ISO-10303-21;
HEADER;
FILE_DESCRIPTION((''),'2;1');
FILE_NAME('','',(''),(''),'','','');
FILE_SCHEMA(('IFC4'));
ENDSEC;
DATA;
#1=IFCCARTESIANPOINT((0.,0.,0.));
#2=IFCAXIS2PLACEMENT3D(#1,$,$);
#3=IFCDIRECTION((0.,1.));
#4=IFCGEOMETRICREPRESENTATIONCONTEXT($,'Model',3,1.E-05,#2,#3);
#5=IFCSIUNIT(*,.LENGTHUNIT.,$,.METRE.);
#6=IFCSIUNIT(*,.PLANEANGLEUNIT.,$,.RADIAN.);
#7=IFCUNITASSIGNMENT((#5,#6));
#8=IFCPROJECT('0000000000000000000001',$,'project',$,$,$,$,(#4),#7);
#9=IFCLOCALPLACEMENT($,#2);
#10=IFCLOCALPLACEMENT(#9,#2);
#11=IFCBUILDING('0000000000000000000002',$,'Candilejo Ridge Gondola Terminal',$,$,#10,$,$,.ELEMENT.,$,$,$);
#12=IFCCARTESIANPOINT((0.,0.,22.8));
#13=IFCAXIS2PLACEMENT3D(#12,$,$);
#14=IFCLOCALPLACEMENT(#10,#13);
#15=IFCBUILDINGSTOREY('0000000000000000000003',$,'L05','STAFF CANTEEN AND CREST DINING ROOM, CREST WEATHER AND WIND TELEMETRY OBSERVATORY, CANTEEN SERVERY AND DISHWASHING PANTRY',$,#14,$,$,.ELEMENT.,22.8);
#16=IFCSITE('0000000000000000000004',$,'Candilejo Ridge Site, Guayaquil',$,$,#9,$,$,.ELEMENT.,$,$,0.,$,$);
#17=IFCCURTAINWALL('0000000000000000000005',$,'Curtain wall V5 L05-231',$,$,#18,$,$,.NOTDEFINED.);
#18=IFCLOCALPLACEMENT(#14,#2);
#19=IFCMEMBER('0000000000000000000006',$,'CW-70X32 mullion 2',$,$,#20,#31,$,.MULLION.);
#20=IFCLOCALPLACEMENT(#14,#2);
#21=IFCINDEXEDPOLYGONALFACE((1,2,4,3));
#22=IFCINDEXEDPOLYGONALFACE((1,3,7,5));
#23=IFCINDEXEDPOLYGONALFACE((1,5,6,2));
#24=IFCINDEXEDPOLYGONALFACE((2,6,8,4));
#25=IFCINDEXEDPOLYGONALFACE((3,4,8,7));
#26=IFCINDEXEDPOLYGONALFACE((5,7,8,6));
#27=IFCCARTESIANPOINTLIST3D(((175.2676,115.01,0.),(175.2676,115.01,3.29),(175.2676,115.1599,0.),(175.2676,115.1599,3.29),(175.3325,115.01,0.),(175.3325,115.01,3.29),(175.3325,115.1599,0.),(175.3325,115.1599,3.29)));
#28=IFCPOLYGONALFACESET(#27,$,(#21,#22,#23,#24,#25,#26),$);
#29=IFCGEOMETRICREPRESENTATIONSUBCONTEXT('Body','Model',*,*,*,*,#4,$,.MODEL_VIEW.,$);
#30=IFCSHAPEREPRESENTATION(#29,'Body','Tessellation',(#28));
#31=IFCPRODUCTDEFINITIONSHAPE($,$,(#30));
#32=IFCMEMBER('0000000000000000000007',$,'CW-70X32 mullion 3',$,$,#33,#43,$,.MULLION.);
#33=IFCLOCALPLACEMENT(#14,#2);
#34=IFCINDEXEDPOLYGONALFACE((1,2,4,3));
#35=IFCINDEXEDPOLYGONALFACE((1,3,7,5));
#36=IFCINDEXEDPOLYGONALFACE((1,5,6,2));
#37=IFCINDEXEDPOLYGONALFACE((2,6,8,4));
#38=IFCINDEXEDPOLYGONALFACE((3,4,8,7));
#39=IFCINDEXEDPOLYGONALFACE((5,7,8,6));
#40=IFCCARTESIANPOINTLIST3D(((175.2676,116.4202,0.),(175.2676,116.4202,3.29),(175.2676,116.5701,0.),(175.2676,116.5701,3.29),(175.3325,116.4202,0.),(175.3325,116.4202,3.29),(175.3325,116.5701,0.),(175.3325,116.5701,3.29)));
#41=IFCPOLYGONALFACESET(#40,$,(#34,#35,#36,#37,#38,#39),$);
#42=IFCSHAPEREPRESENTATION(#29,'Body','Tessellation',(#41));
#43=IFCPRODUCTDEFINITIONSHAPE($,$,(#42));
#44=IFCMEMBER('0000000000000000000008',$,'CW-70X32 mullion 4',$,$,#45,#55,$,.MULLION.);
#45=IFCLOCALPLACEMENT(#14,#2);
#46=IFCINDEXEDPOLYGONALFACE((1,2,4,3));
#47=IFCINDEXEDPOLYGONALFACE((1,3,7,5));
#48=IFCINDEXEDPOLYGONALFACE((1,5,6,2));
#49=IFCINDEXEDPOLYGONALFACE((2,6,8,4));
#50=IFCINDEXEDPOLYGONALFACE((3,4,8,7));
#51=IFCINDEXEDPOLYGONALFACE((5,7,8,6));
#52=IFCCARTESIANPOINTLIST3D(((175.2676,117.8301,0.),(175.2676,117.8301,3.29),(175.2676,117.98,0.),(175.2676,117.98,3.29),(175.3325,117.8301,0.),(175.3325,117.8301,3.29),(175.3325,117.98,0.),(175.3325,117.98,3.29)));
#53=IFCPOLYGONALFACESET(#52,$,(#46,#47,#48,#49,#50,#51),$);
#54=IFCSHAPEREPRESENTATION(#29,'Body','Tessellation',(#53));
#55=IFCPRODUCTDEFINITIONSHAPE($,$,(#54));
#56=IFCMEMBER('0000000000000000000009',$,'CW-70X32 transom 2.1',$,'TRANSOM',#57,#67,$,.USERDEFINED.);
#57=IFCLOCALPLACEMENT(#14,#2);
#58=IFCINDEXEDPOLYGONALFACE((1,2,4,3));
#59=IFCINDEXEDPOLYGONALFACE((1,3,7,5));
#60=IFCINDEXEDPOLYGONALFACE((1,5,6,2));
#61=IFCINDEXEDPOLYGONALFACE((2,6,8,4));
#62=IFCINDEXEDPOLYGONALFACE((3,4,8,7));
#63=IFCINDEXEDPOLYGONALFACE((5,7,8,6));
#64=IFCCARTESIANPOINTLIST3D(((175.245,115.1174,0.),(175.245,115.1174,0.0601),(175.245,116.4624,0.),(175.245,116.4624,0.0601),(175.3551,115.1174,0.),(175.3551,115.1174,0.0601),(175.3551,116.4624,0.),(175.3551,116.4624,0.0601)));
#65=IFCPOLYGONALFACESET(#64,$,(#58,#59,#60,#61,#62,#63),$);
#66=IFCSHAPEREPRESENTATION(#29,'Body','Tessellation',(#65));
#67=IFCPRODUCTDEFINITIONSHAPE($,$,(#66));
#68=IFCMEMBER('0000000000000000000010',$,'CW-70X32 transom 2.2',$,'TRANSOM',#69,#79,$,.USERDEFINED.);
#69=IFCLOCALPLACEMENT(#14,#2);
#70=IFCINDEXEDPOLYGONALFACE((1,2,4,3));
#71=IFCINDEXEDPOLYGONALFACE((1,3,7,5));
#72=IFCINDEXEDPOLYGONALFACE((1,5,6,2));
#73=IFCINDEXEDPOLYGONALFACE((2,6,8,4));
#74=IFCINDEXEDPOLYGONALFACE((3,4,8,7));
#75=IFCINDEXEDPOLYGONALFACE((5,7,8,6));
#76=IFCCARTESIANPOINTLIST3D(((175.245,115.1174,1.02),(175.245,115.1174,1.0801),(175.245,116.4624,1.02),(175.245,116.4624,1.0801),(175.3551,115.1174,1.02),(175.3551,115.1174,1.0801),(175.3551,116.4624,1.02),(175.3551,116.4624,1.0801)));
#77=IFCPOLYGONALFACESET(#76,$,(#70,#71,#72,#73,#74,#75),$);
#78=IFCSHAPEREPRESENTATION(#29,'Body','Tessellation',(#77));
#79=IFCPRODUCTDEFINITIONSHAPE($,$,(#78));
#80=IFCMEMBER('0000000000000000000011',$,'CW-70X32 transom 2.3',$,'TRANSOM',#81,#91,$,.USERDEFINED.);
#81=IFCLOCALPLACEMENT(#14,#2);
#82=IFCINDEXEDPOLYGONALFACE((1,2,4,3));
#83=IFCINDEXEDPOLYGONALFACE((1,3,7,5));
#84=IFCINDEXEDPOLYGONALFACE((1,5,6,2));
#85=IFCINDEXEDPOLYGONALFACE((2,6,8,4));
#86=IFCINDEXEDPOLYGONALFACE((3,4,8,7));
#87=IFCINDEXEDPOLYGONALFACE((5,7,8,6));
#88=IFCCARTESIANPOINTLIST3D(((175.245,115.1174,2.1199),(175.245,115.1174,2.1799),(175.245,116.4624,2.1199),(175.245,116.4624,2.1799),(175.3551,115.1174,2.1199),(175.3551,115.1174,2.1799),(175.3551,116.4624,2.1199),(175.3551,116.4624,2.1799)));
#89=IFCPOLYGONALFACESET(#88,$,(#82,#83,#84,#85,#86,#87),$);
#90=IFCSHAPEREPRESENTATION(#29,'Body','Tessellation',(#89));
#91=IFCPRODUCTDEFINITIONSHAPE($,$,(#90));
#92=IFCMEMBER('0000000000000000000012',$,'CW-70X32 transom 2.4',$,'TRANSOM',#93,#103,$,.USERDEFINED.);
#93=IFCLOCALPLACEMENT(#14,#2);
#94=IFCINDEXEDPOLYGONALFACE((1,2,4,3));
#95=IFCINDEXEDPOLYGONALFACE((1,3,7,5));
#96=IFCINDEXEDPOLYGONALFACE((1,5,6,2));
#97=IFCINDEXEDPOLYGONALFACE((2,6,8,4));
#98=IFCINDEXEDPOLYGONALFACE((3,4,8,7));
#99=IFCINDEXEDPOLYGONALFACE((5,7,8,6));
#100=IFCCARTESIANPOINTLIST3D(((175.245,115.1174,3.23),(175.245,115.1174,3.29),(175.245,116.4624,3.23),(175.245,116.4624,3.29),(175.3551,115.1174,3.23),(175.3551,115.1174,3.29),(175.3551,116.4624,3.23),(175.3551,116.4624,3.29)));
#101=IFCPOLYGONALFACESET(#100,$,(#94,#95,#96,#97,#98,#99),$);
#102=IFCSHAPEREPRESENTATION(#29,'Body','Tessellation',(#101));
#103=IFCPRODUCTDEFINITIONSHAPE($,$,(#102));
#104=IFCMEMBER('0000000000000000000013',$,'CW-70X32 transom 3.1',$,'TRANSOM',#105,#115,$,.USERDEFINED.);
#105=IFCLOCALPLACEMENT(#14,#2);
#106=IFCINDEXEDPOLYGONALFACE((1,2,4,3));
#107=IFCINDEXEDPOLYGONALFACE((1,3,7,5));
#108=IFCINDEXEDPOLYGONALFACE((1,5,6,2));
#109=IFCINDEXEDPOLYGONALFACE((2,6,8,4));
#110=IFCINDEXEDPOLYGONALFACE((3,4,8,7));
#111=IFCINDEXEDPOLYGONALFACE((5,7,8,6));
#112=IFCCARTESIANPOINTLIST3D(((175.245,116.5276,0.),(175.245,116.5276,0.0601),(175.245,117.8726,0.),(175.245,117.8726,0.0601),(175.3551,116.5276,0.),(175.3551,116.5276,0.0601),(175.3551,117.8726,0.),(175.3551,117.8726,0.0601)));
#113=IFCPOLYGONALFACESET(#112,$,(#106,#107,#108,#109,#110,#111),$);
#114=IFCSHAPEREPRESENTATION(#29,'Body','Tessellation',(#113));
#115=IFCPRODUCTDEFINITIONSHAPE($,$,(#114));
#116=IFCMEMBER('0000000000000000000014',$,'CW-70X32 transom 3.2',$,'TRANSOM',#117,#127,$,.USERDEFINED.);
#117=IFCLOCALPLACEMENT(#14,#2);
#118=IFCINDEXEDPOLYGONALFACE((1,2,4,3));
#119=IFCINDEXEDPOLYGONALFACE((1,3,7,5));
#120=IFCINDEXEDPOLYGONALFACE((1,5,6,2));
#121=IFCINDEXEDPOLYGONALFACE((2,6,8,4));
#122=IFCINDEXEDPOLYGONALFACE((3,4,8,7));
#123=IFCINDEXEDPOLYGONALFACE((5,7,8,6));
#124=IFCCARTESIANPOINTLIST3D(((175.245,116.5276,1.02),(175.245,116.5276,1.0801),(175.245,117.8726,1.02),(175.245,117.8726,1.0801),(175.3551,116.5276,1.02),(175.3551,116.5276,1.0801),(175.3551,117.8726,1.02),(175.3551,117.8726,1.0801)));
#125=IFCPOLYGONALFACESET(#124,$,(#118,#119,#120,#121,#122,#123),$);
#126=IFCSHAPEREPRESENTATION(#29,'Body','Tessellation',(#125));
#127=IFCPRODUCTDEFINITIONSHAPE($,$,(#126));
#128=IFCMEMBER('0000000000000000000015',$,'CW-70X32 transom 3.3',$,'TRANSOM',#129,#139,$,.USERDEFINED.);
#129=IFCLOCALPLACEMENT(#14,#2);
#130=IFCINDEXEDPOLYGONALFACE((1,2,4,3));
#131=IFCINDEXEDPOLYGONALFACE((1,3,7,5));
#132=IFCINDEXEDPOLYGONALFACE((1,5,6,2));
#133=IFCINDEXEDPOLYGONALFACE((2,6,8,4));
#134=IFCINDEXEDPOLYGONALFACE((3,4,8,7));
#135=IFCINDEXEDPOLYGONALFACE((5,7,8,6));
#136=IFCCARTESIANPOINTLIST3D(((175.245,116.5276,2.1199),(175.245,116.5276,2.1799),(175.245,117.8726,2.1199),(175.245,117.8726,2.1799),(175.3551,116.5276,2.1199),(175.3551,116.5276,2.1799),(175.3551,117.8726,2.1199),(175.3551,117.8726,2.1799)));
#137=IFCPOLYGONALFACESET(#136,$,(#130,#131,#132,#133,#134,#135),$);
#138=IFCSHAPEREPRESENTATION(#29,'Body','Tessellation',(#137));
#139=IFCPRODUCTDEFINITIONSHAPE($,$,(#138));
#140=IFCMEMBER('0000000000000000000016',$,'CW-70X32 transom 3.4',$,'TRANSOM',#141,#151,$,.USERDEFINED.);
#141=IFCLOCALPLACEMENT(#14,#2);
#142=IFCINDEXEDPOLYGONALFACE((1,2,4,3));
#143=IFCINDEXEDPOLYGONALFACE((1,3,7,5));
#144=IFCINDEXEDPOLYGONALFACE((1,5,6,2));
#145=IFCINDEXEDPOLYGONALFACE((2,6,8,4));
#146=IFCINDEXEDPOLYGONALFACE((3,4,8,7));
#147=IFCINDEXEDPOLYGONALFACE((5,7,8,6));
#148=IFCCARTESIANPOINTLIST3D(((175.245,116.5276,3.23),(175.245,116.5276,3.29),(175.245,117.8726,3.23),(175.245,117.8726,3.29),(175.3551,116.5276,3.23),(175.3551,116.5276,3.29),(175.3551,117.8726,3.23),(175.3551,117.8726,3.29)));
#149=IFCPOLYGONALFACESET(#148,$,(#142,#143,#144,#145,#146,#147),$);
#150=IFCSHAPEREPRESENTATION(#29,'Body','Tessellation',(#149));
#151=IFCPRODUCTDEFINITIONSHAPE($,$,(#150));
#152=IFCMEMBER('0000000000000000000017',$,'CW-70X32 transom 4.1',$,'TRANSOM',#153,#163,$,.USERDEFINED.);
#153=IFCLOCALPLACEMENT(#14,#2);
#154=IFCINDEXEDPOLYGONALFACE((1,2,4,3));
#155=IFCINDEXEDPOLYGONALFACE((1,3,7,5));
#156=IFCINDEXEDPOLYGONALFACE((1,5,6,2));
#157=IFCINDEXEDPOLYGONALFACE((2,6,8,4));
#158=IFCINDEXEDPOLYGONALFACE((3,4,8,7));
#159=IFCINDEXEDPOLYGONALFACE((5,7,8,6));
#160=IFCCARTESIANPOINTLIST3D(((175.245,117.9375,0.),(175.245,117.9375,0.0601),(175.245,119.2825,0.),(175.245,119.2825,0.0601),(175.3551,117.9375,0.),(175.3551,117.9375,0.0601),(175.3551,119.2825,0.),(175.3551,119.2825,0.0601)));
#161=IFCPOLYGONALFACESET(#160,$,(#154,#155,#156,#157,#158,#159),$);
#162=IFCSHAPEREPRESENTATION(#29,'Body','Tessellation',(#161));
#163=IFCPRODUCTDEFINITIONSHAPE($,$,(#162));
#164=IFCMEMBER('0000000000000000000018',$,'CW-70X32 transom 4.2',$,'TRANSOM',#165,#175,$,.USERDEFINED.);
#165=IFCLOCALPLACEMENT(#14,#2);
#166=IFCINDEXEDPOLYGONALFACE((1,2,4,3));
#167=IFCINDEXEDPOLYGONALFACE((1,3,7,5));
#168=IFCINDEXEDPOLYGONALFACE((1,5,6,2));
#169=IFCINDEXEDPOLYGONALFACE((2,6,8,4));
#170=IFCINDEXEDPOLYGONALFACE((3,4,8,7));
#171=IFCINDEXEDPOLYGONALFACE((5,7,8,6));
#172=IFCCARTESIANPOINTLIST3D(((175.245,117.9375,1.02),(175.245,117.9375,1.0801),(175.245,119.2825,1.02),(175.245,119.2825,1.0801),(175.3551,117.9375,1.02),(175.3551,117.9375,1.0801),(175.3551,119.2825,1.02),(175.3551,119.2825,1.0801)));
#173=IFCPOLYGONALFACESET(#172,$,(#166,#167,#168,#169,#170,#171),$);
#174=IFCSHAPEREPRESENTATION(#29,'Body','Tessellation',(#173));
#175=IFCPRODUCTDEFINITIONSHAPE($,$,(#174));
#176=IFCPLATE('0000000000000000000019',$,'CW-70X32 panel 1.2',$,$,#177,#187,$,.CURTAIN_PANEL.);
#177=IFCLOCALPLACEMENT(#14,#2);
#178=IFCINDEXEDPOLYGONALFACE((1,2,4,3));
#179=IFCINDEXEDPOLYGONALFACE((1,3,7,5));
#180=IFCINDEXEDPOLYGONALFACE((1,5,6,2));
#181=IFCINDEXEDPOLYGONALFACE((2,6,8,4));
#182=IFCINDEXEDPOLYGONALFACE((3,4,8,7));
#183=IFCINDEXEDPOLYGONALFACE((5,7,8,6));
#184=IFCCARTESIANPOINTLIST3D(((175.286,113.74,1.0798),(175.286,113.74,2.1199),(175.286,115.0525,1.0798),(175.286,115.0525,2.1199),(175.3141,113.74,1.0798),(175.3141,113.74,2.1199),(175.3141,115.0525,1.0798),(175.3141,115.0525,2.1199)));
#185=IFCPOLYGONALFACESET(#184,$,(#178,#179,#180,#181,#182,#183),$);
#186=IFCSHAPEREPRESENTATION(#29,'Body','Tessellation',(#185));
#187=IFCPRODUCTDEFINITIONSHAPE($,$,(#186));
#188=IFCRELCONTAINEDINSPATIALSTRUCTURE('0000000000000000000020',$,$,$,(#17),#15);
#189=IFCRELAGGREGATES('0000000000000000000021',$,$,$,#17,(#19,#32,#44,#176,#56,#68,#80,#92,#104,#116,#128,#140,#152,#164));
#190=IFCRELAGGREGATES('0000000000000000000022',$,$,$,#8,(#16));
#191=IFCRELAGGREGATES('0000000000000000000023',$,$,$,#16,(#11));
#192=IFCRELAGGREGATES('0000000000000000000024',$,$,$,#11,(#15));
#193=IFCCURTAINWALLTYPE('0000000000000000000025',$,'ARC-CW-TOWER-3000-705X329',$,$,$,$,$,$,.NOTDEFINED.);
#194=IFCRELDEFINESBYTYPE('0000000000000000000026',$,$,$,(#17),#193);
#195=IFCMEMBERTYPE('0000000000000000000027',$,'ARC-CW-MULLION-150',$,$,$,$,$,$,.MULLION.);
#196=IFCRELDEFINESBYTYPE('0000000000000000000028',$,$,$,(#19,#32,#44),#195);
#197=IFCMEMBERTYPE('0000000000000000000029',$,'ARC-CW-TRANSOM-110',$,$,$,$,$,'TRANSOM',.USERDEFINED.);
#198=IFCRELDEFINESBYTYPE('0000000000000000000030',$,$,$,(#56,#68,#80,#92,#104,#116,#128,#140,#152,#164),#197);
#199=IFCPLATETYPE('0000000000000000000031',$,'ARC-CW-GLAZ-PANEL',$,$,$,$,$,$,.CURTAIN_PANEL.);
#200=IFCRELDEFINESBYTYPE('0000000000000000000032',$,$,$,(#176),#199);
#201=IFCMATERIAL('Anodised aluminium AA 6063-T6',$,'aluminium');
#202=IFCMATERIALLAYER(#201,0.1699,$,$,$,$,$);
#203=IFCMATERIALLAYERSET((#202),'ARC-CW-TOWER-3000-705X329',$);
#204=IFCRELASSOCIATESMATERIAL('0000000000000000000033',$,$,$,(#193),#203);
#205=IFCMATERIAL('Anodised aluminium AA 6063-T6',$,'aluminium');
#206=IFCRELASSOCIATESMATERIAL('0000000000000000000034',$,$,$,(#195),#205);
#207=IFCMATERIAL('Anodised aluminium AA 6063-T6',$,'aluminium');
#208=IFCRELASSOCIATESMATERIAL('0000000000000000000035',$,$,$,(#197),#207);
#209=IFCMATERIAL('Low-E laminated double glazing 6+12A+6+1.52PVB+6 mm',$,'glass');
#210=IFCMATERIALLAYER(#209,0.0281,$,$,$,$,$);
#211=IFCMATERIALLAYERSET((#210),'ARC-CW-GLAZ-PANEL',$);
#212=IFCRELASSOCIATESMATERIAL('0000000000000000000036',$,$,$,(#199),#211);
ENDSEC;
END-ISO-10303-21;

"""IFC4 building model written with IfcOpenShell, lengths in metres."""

from ifc_helpers import new_model, si_unit, direction, frame, origin, origin_2d, place, context, subcontext, project, spatial, rectangle, extrude, material, layer, layer_set, material_profile, profile_set, type_object, element, aggregate, save


model = new_model("IFC4")

# Units and contexts
model_context = context("Model", 3, precision=1e-05, world=origin(), true_north=direction((0.0, 1.0)))
body_context = subcontext(model_context, "Body", "Model", "MODEL_VIEW")
ifc_project = project(units=[si_unit("LENGTHUNIT", "METRE"), si_unit("PLANEANGLEUNIT", "RADIAN")], contexts=[model_context])

# Site, building, storey
site_placement = place(None, origin())
site = spatial("IfcSite", under=ifc_project, at=site_placement, Name="Candilejo Ridge Site, Guayaquil", CompositionType="ELEMENT", RefElevation=0.0)
building_placement = place(site_placement, origin())
building = spatial("IfcBuilding", under=site, at=building_placement, Name="Candilejo Ridge Gondola Terminal", CompositionType="ELEMENT")
storey_placement = place(building_placement, frame((0.0, 0.0, 22.8)))
storey = spatial("IfcBuildingStorey", under=building, at=storey_placement, Name="L05", Description="STAFF CANTEEN AND CREST DINING ROOM, CREST WEATHER AND WIND TELEMETRY OBSERVATORY, CANTEEN SERVERY AND DISHWASHING PANTRY", CompositionType="ELEMENT", Elevation=22.8)

# Curtain wall, members, plate
ifc_material_1 = material(Name="Anodised aluminium AA 6063-T6", Category="aluminium")
ifc_layer_1 = layer(ifc_material_1, 0.1699)
ifc_layer_set_1 = layer_set([ifc_layer_1], Name="ARC-CW-TOWER-3000-705X329")
curtain_wall_type = type_object("IfcCurtainWallType", Name="ARC-CW-TOWER-3000-705X329", PredefinedType="NOTDEFINED", material=ifc_layer_set_1)
curtain_wall_placement = place(storey_placement, origin())
curtain_wall = element("IfcCurtainWall", 1, at=curtain_wall_placement, inside=storey, type_object=curtain_wall_type, Name="Curtain wall V5 L05-231", PredefinedType="NOTDEFINED")
ifc_material_2 = material(Name="Anodised aluminium AA 6063-T6", Category="aluminium")
ifc_material_profile_1 = material_profile(ifc_material_2, rectangle(XDim=0.0649, YDim=0.1499, at=origin_2d()))
ifc_profile_set_1 = profile_set([ifc_material_profile_1], Name="Anodised aluminium AA 6063-T6")
member_type_1 = type_object("IfcMemberType", Name="ARC-CW-MULLION-150", PredefinedType="MULLION", material=ifc_profile_set_1)
member_1_placement = place(storey_placement, frame((175.3, 115.085, 0.0), z_axis=(0.0, 0.0, 1.0), x_axis=(-1.0, 0.0, 0.0)))
member_1 = element("IfcMember", 2, at=member_1_placement, type_object=member_type_1, Name="CW-70X32 mullion 2", PredefinedType="MULLION", context=body_context, shape_type="SweptSolid", body=[
    extrude(rectangle(XDim=0.0649, YDim=0.1499, at=origin_2d()), origin(), (0.0, 0.0, 1.0), 3.29),
])
member_2_placement = place(storey_placement, frame((175.3, 116.4951, 0.0), z_axis=(0.0, 0.0, 1.0), x_axis=(-1.0, 0.0, 0.0)))
member_2 = element("IfcMember", 3, at=member_2_placement, type_object=member_type_1, Name="CW-70X32 mullion 3", PredefinedType="MULLION", context=body_context, shape_type="SweptSolid", body=[
    extrude(rectangle(XDim=0.0649, YDim=0.1499, at=origin_2d()), origin(), (0.0, 0.0, 1.0), 3.29),
])
member_3_placement = place(storey_placement, frame((175.3, 117.905, 0.0), z_axis=(0.0, 0.0, 1.0), x_axis=(-1.0, 0.0, 0.0)))
member_3 = element("IfcMember", 4, at=member_3_placement, type_object=member_type_1, Name="CW-70X32 mullion 4", PredefinedType="MULLION", context=body_context, shape_type="SweptSolid", body=[
    extrude(rectangle(XDim=0.0649, YDim=0.1499, at=origin_2d()), origin(), (0.0, 0.0, 1.0), 3.29),
])
ifc_material_3 = material(Name="Anodised aluminium AA 6063-T6", Category="aluminium")
ifc_material_profile_2 = material_profile(ifc_material_3, rectangle(XDim=0.1101, YDim=0.0601, at=origin_2d()))
ifc_profile_set_2 = profile_set([ifc_material_profile_2], Name="Anodised aluminium AA 6063-T6")
member_type_2 = type_object("IfcMemberType", Name="ARC-CW-TRANSOM-110", ElementType="TRANSOM", PredefinedType="USERDEFINED", material=ifc_profile_set_2)
member_4_placement = place(storey_placement, frame((175.3, 115.1174, 0.03), z_axis=(0.0, 1.0, 0.0), x_axis=(-1.0, 0.0, 0.0)))
member_4 = element("IfcMember", 5, at=member_4_placement, type_object=member_type_2, Name="CW-70X32 transom 2.1", ObjectType="TRANSOM", PredefinedType="USERDEFINED", context=body_context, shape_type="SweptSolid", body=[
    extrude(rectangle(XDim=0.1101, YDim=0.0601, at=origin_2d()), origin(), (0.0, 0.0, 1.0), 1.345),
])
member_5_placement = place(storey_placement, frame((175.3, 115.1174, 1.05), z_axis=(0.0, 1.0, 0.0), x_axis=(-1.0, 0.0, 0.0)))
member_5 = element("IfcMember", 6, at=member_5_placement, type_object=member_type_2, Name="CW-70X32 transom 2.2", ObjectType="TRANSOM", PredefinedType="USERDEFINED", context=body_context, shape_type="SweptSolid", body=[
    extrude(rectangle(XDim=0.1101, YDim=0.0601, at=origin_2d()), origin(), (0.0, 0.0, 1.0), 1.345),
])
member_6_placement = place(storey_placement, frame((175.3, 115.1174, 2.1499), z_axis=(0.0, 1.0, 0.0), x_axis=(-1.0, 0.0, 0.0)))
member_6 = element("IfcMember", 7, at=member_6_placement, type_object=member_type_2, Name="CW-70X32 transom 2.3", ObjectType="TRANSOM", PredefinedType="USERDEFINED", context=body_context, shape_type="SweptSolid", body=[
    extrude(rectangle(XDim=0.1101, YDim=0.0601, at=origin_2d()), origin(), (0.0, 0.0, 1.0), 1.345),
])
member_7_placement = place(storey_placement, frame((175.3, 115.1174, 3.26), z_axis=(0.0, 1.0, 0.0), x_axis=(-1.0, 0.0, 0.0)))
member_7 = element("IfcMember", 8, at=member_7_placement, type_object=member_type_2, Name="CW-70X32 transom 2.4", ObjectType="TRANSOM", PredefinedType="USERDEFINED", context=body_context, shape_type="SweptSolid", body=[
    extrude(rectangle(XDim=0.1101, YDim=0.0601, at=origin_2d()), origin(), (0.0, 0.0, 1.0), 1.345),
])
member_8_placement = place(storey_placement, frame((175.3, 116.5276, 0.03), z_axis=(0.0, 1.0, 0.0), x_axis=(-1.0, 0.0, 0.0)))
member_8 = element("IfcMember", 9, at=member_8_placement, type_object=member_type_2, Name="CW-70X32 transom 3.1", ObjectType="TRANSOM", PredefinedType="USERDEFINED", context=body_context, shape_type="SweptSolid", body=[
    extrude(rectangle(XDim=0.1101, YDim=0.0601, at=origin_2d()), origin(), (0.0, 0.0, 1.0), 1.345),
])
member_9_placement = place(storey_placement, frame((175.3, 116.5276, 1.05), z_axis=(0.0, 1.0, 0.0), x_axis=(-1.0, 0.0, 0.0)))
member_9 = element("IfcMember", 10, at=member_9_placement, type_object=member_type_2, Name="CW-70X32 transom 3.2", ObjectType="TRANSOM", PredefinedType="USERDEFINED", context=body_context, shape_type="SweptSolid", body=[
    extrude(rectangle(XDim=0.1101, YDim=0.0601, at=origin_2d()), origin(), (0.0, 0.0, 1.0), 1.345),
])
member_10_placement = place(storey_placement, frame((175.3, 116.5276, 2.1499), z_axis=(0.0, 1.0, 0.0), x_axis=(-1.0, 0.0, 0.0)))
member_10 = element("IfcMember", 11, at=member_10_placement, type_object=member_type_2, Name="CW-70X32 transom 3.3", ObjectType="TRANSOM", PredefinedType="USERDEFINED", context=body_context, shape_type="SweptSolid", body=[
    extrude(rectangle(XDim=0.1101, YDim=0.0601, at=origin_2d()), origin(), (0.0, 0.0, 1.0), 1.345),
])
member_11_placement = place(storey_placement, frame((175.3, 116.5276, 3.26), z_axis=(0.0, 1.0, 0.0), x_axis=(-1.0, 0.0, 0.0)))
member_11 = element("IfcMember", 12, at=member_11_placement, type_object=member_type_2, Name="CW-70X32 transom 3.4", ObjectType="TRANSOM", PredefinedType="USERDEFINED", context=body_context, shape_type="SweptSolid", body=[
    extrude(rectangle(XDim=0.1101, YDim=0.0601, at=origin_2d()), origin(), (0.0, 0.0, 1.0), 1.345),
])
member_12_placement = place(storey_placement, frame((175.3, 117.9375, 0.03), z_axis=(0.0, 1.0, 0.0), x_axis=(-1.0, 0.0, 0.0)))
member_12 = element("IfcMember", 13, at=member_12_placement, type_object=member_type_2, Name="CW-70X32 transom 4.1", ObjectType="TRANSOM", PredefinedType="USERDEFINED", context=body_context, shape_type="SweptSolid", body=[
    extrude(rectangle(XDim=0.1101, YDim=0.0601, at=origin_2d()), origin(), (0.0, 0.0, 1.0), 1.345),
])
member_13_placement = place(storey_placement, frame((175.3, 117.9375, 1.05), z_axis=(0.0, 1.0, 0.0), x_axis=(-1.0, 0.0, 0.0)))
member_13 = element("IfcMember", 14, at=member_13_placement, type_object=member_type_2, Name="CW-70X32 transom 4.2", ObjectType="TRANSOM", PredefinedType="USERDEFINED", context=body_context, shape_type="SweptSolid", body=[
    extrude(rectangle(XDim=0.1101, YDim=0.0601, at=origin_2d()), origin(), (0.0, 0.0, 1.0), 1.345),
])
ifc_material_4 = material(Name="Low-E laminated double glazing 6+12A+6+1.52PVB+6 mm", Category="glass")
ifc_layer_2 = layer(ifc_material_4, 0.0281)
ifc_layer_set_2 = layer_set([ifc_layer_2], Name="ARC-CW-GLAZ-PANEL")
plate_type = type_object("IfcPlateType", Name="ARC-CW-GLAZ-PANEL", PredefinedType="CURTAIN_PANEL", material=ifc_layer_set_2)
plate_1_placement = place(storey_placement, frame((175.3, 114.3962, 1.0798), z_axis=(0.0, 0.0, 1.0), x_axis=(0.0, 1.0, 0.0)))
plate_1 = element("IfcPlate", 15, at=plate_1_placement, type_object=plate_type, Name="CW-70X32 panel 1.2", PredefinedType="CURTAIN_PANEL", context=body_context, shape_type="SweptSolid", body=[
    extrude(rectangle(XDim=1.3125, YDim=0.0281, at=origin_2d()), origin(), (0.0, 0.0, 1.0), 1.04),
])
aggregate(curtain_wall, [member_1, member_2, member_3, plate_1, member_4, member_5, member_6, member_7, member_8, member_9, member_10, member_11, member_12, member_13])

save(model, "model.ifc")
